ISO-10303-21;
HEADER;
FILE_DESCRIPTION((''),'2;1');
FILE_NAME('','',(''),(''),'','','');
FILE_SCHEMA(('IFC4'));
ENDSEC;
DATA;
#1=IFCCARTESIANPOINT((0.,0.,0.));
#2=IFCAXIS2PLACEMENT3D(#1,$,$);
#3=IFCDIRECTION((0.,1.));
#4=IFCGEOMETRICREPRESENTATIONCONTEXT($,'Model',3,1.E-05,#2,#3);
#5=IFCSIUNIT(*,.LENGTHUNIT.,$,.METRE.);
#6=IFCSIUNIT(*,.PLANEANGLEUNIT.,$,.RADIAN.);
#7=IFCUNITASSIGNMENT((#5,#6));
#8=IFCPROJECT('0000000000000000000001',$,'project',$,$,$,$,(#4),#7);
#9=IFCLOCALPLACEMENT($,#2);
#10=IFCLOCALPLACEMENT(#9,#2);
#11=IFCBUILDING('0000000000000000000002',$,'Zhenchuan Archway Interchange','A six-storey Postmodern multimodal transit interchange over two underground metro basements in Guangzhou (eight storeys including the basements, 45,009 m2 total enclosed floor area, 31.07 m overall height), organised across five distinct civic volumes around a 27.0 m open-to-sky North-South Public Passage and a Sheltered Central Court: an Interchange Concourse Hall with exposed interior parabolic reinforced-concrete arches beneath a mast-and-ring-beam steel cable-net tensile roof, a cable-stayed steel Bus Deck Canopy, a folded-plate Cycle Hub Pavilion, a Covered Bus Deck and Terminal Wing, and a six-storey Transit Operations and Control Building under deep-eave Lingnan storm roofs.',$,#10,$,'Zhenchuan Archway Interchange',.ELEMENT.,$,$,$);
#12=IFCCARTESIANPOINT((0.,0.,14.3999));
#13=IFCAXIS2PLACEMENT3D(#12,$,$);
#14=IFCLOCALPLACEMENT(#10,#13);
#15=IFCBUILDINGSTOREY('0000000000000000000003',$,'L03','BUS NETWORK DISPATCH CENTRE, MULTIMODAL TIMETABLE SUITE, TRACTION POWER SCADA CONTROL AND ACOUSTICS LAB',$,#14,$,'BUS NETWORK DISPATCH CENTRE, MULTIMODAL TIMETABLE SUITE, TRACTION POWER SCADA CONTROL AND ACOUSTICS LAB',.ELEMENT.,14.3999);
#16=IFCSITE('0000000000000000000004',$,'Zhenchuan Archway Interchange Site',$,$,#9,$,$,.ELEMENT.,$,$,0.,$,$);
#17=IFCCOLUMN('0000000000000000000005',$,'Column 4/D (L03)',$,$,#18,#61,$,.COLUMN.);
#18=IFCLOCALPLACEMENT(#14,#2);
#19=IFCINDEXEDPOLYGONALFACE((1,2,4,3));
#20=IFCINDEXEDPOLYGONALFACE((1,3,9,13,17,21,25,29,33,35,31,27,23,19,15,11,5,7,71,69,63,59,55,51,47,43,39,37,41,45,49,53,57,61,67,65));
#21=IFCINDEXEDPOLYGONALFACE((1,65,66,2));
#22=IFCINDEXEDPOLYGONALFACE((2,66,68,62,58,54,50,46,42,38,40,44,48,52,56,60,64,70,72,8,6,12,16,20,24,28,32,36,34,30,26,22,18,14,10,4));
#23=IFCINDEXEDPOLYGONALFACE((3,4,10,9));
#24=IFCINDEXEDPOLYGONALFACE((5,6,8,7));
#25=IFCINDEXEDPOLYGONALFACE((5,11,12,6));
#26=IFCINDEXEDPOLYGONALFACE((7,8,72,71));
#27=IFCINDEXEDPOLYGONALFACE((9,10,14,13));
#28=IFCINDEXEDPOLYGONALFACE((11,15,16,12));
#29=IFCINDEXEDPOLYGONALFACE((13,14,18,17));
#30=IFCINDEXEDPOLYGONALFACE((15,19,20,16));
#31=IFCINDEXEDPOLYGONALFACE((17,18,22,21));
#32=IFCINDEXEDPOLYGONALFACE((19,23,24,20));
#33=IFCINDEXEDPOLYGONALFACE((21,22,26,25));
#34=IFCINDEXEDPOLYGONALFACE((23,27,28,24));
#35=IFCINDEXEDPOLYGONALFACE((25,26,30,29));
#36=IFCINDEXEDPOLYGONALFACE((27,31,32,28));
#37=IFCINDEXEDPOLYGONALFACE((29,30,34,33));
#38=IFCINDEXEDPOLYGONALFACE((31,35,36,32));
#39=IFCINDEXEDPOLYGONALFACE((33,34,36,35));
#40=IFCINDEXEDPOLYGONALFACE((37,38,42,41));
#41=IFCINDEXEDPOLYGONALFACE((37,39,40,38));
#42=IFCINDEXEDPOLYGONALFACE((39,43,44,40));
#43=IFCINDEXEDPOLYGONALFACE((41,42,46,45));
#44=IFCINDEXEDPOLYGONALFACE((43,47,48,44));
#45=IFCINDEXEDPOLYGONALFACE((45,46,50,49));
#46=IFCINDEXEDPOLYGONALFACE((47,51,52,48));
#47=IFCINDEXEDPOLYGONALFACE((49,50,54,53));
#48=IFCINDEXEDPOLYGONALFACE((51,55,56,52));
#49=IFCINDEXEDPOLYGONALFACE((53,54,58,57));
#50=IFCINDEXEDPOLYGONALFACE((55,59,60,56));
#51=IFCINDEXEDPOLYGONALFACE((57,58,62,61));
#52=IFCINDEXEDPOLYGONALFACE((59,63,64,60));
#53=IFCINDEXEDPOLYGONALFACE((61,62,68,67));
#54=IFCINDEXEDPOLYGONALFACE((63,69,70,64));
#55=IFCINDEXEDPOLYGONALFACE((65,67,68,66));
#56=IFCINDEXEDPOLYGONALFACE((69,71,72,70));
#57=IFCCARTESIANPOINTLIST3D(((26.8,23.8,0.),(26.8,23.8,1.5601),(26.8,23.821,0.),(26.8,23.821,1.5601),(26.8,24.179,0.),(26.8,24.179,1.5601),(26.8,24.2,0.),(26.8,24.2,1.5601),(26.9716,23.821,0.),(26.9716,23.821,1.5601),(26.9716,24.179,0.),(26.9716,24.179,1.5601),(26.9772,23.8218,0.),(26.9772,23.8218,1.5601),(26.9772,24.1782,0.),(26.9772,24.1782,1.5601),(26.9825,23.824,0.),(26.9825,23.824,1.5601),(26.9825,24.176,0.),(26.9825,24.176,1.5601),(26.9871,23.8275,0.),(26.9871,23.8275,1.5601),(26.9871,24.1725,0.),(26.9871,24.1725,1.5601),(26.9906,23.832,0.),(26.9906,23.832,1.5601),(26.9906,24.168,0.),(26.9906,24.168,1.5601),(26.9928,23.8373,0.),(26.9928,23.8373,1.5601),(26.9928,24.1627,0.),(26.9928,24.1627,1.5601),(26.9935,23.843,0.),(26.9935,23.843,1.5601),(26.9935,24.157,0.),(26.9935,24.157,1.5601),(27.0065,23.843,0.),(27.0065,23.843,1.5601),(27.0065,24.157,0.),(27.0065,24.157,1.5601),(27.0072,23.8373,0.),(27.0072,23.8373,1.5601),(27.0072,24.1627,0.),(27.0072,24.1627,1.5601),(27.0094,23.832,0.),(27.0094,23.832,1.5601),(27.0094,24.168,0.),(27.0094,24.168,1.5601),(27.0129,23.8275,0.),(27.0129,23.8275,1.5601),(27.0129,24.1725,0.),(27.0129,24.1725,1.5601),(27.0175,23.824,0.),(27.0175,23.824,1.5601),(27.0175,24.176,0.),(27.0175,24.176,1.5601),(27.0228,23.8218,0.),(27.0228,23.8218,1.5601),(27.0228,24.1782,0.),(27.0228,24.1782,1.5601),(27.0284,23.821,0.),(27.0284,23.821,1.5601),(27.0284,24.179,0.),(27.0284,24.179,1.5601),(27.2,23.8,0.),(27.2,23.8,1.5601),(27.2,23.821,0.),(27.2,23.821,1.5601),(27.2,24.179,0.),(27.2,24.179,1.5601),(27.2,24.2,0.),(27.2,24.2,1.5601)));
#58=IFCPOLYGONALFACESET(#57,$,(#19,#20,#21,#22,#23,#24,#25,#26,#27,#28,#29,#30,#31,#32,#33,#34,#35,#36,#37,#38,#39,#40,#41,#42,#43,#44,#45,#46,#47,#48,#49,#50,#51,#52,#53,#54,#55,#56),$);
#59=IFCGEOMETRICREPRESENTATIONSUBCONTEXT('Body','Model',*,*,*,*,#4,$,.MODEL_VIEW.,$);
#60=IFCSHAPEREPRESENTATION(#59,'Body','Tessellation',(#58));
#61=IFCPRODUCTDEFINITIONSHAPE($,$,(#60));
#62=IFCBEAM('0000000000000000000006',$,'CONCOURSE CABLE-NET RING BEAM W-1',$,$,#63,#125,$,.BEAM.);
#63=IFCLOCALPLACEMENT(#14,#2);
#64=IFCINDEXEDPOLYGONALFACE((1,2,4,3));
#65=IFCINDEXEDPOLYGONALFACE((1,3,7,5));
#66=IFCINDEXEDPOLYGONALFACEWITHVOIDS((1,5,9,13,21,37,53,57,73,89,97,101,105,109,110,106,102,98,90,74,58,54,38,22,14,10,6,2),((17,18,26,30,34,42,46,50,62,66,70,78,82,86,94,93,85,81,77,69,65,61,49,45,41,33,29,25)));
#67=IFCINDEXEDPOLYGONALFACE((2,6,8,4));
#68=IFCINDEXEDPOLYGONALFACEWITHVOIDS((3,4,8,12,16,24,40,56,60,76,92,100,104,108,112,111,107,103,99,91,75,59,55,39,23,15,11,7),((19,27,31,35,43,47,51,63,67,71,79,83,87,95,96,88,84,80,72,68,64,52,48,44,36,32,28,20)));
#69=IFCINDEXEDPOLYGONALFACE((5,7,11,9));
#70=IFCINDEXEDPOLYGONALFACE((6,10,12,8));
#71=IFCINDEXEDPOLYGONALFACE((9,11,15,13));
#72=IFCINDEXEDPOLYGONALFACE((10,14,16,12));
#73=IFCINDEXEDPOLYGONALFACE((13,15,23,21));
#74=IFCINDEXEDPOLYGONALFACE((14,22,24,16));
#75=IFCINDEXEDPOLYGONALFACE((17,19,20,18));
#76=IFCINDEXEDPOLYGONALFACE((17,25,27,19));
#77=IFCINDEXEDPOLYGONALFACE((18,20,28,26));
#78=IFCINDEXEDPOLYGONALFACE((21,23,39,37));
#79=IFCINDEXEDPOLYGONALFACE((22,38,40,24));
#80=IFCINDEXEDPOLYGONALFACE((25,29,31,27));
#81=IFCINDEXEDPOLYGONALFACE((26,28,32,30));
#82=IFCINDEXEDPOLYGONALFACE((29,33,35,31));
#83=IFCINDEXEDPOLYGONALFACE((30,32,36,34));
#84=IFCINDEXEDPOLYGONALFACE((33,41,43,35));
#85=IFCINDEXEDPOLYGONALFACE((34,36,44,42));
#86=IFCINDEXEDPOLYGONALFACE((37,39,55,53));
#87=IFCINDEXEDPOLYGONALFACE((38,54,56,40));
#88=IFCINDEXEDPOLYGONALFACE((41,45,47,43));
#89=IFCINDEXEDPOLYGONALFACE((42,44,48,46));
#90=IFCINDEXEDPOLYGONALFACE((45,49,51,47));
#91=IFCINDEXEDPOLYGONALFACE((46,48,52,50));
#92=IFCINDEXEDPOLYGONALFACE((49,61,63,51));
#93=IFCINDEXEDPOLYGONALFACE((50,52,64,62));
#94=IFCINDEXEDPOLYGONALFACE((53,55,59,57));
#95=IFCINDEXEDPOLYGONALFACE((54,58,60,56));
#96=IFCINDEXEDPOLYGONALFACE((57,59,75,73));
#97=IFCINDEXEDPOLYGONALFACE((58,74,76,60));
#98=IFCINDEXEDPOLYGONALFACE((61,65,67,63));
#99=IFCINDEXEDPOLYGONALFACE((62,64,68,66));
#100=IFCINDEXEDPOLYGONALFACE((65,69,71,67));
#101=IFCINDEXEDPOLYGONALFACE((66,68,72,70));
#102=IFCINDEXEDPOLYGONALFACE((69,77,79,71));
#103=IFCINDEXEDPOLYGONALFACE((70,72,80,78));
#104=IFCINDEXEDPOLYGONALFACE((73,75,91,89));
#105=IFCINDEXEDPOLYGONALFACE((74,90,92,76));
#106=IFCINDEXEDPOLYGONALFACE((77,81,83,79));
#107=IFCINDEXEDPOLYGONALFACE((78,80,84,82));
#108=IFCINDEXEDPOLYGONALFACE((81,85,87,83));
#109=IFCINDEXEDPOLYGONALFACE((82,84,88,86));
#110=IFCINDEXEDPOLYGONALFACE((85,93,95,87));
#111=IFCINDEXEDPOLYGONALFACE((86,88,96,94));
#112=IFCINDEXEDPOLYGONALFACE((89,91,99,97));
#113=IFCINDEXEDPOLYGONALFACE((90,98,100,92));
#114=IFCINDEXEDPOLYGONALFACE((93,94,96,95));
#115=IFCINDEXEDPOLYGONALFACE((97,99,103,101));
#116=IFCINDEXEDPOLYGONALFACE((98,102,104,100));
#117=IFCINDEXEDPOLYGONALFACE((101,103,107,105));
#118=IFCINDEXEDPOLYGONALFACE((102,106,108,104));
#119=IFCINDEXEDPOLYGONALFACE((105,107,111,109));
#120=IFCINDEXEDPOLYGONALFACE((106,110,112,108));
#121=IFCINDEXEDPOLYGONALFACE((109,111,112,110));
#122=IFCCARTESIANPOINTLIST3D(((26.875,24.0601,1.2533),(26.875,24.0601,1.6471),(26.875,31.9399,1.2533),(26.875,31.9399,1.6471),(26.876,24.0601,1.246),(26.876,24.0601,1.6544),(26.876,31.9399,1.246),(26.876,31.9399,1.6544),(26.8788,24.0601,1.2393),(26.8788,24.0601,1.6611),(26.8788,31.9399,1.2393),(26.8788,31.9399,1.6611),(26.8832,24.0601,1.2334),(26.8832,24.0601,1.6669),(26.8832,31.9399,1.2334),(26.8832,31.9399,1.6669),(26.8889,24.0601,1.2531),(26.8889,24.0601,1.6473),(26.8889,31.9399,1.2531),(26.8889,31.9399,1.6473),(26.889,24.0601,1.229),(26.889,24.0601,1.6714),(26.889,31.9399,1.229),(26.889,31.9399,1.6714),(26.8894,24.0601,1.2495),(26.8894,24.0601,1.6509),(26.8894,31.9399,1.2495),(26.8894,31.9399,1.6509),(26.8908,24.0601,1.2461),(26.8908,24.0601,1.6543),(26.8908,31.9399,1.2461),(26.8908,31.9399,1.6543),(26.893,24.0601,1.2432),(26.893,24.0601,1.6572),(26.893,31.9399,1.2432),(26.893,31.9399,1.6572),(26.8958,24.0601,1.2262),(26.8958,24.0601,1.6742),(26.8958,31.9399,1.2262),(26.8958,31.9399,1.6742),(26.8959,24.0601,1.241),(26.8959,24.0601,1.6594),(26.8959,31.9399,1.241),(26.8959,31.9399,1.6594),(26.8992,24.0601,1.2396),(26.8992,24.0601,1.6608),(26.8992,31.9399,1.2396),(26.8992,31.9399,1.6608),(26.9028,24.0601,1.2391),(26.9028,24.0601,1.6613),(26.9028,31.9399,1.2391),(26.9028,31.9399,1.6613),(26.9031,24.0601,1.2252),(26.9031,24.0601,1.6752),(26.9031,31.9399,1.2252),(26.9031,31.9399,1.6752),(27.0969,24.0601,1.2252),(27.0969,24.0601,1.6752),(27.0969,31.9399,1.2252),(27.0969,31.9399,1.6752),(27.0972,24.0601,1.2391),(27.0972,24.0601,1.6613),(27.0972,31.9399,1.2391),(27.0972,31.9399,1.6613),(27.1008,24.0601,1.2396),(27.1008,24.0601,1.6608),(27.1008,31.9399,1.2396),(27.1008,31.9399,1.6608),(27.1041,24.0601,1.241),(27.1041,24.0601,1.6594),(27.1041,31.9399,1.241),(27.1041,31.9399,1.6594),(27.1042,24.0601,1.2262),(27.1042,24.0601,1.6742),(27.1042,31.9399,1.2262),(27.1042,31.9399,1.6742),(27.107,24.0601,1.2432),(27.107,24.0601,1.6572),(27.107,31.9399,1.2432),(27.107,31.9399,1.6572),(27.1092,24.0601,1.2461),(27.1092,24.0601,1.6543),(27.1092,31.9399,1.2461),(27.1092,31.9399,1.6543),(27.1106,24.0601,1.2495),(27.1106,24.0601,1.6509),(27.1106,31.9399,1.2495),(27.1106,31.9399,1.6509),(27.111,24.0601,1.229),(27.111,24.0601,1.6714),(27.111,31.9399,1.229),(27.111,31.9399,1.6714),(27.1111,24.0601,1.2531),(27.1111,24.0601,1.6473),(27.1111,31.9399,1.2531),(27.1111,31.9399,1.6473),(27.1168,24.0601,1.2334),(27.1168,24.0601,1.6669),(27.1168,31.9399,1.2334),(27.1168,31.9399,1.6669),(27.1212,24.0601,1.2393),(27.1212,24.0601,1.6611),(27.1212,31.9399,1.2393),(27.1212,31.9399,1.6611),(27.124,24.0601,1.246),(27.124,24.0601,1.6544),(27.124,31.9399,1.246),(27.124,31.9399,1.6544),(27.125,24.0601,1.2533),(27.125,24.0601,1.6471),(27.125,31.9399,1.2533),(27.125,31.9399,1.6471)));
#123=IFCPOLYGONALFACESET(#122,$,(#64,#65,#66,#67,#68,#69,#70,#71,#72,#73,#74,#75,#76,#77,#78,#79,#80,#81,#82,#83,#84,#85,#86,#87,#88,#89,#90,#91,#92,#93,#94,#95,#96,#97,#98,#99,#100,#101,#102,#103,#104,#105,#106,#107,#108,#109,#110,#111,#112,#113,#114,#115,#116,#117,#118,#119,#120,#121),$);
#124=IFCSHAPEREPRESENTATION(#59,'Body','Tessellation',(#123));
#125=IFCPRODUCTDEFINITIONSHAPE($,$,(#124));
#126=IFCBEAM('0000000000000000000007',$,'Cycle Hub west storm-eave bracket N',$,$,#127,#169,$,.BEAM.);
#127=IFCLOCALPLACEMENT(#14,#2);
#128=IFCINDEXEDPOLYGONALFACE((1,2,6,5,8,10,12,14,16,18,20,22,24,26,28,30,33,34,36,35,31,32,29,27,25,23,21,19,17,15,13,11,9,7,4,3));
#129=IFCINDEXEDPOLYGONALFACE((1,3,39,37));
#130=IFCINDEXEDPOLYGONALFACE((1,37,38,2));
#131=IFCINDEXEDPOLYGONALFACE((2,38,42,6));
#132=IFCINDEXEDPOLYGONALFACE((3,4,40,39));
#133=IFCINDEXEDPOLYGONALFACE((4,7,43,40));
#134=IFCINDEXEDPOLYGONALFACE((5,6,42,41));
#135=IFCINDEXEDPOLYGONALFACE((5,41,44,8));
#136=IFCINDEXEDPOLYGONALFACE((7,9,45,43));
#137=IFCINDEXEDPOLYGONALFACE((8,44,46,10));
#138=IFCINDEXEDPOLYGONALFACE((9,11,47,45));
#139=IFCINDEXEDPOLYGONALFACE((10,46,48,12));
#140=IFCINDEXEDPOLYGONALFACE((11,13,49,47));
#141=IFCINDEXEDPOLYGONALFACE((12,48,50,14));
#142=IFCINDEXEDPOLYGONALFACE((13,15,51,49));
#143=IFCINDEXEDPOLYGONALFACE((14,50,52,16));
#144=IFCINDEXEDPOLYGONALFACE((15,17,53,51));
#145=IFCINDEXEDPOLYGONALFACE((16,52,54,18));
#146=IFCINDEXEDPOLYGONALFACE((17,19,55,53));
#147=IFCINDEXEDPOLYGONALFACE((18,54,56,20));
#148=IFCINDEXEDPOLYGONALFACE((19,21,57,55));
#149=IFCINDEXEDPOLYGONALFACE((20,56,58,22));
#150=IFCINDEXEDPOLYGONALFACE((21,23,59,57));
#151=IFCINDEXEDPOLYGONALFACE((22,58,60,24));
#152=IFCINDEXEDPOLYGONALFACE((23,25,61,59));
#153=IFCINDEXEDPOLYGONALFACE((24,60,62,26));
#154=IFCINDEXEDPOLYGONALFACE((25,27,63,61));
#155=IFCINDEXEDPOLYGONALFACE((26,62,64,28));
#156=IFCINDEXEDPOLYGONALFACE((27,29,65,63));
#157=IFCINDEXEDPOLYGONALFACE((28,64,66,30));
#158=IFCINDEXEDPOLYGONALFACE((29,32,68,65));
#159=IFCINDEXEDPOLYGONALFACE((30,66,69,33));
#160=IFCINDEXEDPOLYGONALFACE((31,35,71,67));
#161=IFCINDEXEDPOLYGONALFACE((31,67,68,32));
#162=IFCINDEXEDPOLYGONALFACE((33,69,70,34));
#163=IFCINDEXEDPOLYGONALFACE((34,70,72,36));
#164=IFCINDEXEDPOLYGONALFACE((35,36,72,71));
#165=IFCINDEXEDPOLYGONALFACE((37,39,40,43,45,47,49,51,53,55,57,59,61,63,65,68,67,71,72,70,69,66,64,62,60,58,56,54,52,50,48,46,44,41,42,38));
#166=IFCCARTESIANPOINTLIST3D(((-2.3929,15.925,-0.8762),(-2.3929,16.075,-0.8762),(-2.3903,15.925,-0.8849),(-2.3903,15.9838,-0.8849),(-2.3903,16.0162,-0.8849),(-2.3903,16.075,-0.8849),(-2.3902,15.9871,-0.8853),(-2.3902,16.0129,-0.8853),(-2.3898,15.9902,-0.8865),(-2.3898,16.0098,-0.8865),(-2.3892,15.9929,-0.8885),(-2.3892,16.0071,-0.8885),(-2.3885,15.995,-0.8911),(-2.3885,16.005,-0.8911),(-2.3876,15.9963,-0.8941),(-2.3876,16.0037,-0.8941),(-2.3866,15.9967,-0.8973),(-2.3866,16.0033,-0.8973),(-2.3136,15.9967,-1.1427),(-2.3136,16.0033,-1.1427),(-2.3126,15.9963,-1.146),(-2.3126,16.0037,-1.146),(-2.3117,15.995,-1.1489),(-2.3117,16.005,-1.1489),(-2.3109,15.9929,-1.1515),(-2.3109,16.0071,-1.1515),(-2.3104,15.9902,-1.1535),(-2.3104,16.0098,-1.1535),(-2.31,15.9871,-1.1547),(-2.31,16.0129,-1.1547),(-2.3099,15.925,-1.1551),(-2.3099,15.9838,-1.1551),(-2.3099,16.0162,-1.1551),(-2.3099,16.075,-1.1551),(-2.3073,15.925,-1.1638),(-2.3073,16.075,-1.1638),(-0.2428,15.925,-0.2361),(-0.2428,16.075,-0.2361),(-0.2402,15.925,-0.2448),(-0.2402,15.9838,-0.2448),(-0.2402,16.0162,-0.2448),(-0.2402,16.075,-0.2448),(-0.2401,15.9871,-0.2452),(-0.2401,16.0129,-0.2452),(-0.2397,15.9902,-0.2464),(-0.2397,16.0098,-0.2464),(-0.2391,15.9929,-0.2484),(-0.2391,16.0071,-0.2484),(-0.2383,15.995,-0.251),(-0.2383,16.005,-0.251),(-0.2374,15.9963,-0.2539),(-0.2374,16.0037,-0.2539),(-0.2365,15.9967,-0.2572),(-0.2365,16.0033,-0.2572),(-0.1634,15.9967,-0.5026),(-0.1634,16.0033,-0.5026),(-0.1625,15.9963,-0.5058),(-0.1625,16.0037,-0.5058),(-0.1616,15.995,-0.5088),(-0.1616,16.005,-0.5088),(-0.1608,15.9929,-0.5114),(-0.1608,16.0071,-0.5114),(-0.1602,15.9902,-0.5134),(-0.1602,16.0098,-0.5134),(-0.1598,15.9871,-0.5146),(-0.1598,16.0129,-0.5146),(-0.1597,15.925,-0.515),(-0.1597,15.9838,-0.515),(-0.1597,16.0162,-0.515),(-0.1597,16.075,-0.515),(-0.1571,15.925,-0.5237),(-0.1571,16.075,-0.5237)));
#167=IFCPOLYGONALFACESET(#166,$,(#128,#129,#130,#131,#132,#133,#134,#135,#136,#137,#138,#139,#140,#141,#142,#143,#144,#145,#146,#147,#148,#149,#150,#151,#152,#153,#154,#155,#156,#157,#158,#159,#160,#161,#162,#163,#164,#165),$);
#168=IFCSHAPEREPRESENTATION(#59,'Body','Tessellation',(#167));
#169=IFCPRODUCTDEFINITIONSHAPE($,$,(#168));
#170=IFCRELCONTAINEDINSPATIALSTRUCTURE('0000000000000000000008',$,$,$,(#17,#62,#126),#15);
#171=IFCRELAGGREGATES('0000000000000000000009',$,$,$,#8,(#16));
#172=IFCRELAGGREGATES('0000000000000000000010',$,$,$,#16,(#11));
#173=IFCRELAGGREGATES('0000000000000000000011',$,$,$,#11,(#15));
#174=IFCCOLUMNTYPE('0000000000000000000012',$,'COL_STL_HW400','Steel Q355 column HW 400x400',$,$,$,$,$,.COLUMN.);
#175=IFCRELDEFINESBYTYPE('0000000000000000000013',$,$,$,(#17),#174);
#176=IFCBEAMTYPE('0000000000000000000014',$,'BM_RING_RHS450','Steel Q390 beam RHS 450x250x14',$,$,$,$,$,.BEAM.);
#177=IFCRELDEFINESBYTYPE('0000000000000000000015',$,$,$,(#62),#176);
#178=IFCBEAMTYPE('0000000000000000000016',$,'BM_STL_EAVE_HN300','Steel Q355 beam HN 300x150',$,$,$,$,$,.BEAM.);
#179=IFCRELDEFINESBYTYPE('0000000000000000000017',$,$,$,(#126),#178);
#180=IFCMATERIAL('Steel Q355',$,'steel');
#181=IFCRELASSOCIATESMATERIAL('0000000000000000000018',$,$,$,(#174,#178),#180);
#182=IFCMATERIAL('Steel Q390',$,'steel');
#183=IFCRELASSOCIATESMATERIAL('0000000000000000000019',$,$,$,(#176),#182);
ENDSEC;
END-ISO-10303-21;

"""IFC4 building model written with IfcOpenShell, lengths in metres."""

from ifc_helpers import new_model, si_unit, direction, frame, origin, origin_2d, place, context, subcontext, project, spatial, hollow_rectangle, i_section, extrude, material, material_profile, profile_set, type_object, element, save


model = new_model("IFC4")

# Units and contexts
model_context = context("Model", 3, precision=1e-05, world=origin(), true_north=direction((0.0, 1.0)))
body_context = subcontext(model_context, "Body", "Model", "MODEL_VIEW")
ifc_project = project(units=[si_unit("LENGTHUNIT", "METRE"), si_unit("PLANEANGLEUNIT", "RADIAN")], contexts=[model_context])

# Site, building, storey
site_placement = place(None, origin())
site = spatial("IfcSite", under=ifc_project, at=site_placement, Name="Zhenchuan Archway Interchange Site", CompositionType="ELEMENT", RefElevation=0.0)
building_placement = place(site_placement, origin())
building = spatial("IfcBuilding", under=site, at=building_placement, Name="Zhenchuan Archway Interchange", Description="A six-storey Postmodern multimodal transit interchange over two underground metro basements in Guangzhou (eight storeys including the basements, 45,009 m2 total enclosed floor area, 31.07 m overall height), organised across five distinct civic volumes around a 27.0 m open-to-sky North-South Public Passage and a Sheltered Central Court: an Interchange Concourse Hall with exposed interior parabolic reinforced-concrete arches beneath a mast-and-ring-beam steel cable-net tensile roof, a cable-stayed steel Bus Deck Canopy, a folded-plate Cycle Hub Pavilion, a Covered Bus Deck and Terminal Wing, and a six-storey Transit Operations and Control Building under deep-eave Lingnan storm roofs.", LongName="Zhenchuan Archway Interchange", CompositionType="ELEMENT")
storey_placement = place(building_placement, frame((0.0, 0.0, 14.3999)))
storey = spatial("IfcBuildingStorey", under=building, at=storey_placement, Name="L03", Description="BUS NETWORK DISPATCH CENTRE, MULTIMODAL TIMETABLE SUITE, TRACTION POWER SCADA CONTROL AND ACOUSTICS LAB", LongName="BUS NETWORK DISPATCH CENTRE, MULTIMODAL TIMETABLE SUITE, TRACTION POWER SCADA CONTROL AND ACOUSTICS LAB", CompositionType="ELEMENT", Elevation=14.3999)

# Column
ifc_material_1 = material(Name="Steel Q390", Category="steel")
ifc_material_2 = material(Name="Steel Q355", Category="steel")
ifc_material_profile_1 = material_profile(ifc_material_2, i_section(OverallWidth=0.3999, OverallDepth=0.3999, WebThickness=0.0129, FlangeThickness=0.021, FilletRadius=0.022, at=origin_2d()), Name="HW 400x400")
ifc_profile_set_1 = profile_set([ifc_material_profile_1], Name="Steel Q355")
column_type_1 = type_object("IfcColumnType", Name="COL_STL_HW400", Description="Steel Q355 column HW 400x400", PredefinedType="COLUMN", material=ifc_profile_set_1)
column_1_placement = place(storey_placement, frame((27.0, 24.0, 0.0), z_axis=(0.0, 0.0, 1.0), x_axis=(1.0, 0.0, 0.0)))
element("IfcColumn", 1, at=column_1_placement, inside=storey, type_object=column_type_1, Name="Column 4/D (L03)", PredefinedType="COLUMN", context=body_context, shape_type="SweptSolid", body=[
    extrude(i_section(OverallWidth=0.3999, OverallDepth=0.3999, WebThickness=0.0129, FlangeThickness=0.021, FilletRadius=0.022, at=origin_2d()), origin(), (0.0, 0.0, 1.0), 1.5601),
])

# Beams
ifc_material_profile_2 = material_profile(ifc_material_1, hollow_rectangle(XDim=0.25, YDim=0.45, WallThickness=0.0139, InnerFilletRadius=0.0139, OuterFilletRadius=0.0281, at=origin_2d()), Name="RHS 450x250x14")
ifc_profile_set_2 = profile_set([ifc_material_profile_2], Name="Steel Q390")
beam_type_1 = type_object("IfcBeamType", Name="BM_RING_RHS450", Description="Steel Q390 beam RHS 450x250x14", PredefinedType="BEAM", material=ifc_profile_set_2)
beam_1_placement = place(storey_placement, frame((27.0, 24.0601, 1.4502), z_axis=(0.0, 1.0, 0.0), x_axis=(-1.0, 0.0, 0.0)))
element("IfcBeam", 2, at=beam_1_placement, inside=storey, type_object=beam_type_1, Name="CONCOURSE CABLE-NET RING BEAM W-1", PredefinedType="BEAM", context=body_context, shape_type="SweptSolid", body=[
    extrude(hollow_rectangle(XDim=0.25, YDim=0.45, WallThickness=0.0139, InnerFilletRadius=0.0139, OuterFilletRadius=0.0281, at=origin_2d()), origin(), (0.0, 0.0, 1.0), 7.8799),
])
ifc_material_profile_3 = material_profile(ifc_material_2, i_section(OverallWidth=0.1499, OverallDepth=0.3, WebThickness=0.0066, FlangeThickness=0.009, FilletRadius=0.0129, at=origin_2d()), Name="HN 300x150")
ifc_profile_set_3 = profile_set([ifc_material_profile_3], Name="Steel Q355")
beam_type_2 = type_object("IfcBeamType", Name="BM_STL_EAVE_HN300", Description="Steel Q355 beam HN 300x150", PredefinedType="BEAM", material=ifc_profile_set_3)
beam_2_placement = place(storey_placement, frame((-0.2, 16.0, -0.3799), z_axis=(-0.958426, 0.0, -0.28534), x_axis=(0.0, -1.0, 0.0)))
element("IfcBeam", 3, at=beam_2_placement, inside=storey, type_object=beam_type_2, Name="Cycle Hub west storm-eave bracket N", PredefinedType="BEAM", context=body_context, shape_type="SweptSolid", body=[
    extrude(i_section(OverallWidth=0.1499, OverallDepth=0.3, WebThickness=0.0066, FlangeThickness=0.009, FilletRadius=0.0129, at=origin_2d()), origin(), (0.0, 0.0, 1.0), 2.2434),
])

save(model, "model.ifc")
